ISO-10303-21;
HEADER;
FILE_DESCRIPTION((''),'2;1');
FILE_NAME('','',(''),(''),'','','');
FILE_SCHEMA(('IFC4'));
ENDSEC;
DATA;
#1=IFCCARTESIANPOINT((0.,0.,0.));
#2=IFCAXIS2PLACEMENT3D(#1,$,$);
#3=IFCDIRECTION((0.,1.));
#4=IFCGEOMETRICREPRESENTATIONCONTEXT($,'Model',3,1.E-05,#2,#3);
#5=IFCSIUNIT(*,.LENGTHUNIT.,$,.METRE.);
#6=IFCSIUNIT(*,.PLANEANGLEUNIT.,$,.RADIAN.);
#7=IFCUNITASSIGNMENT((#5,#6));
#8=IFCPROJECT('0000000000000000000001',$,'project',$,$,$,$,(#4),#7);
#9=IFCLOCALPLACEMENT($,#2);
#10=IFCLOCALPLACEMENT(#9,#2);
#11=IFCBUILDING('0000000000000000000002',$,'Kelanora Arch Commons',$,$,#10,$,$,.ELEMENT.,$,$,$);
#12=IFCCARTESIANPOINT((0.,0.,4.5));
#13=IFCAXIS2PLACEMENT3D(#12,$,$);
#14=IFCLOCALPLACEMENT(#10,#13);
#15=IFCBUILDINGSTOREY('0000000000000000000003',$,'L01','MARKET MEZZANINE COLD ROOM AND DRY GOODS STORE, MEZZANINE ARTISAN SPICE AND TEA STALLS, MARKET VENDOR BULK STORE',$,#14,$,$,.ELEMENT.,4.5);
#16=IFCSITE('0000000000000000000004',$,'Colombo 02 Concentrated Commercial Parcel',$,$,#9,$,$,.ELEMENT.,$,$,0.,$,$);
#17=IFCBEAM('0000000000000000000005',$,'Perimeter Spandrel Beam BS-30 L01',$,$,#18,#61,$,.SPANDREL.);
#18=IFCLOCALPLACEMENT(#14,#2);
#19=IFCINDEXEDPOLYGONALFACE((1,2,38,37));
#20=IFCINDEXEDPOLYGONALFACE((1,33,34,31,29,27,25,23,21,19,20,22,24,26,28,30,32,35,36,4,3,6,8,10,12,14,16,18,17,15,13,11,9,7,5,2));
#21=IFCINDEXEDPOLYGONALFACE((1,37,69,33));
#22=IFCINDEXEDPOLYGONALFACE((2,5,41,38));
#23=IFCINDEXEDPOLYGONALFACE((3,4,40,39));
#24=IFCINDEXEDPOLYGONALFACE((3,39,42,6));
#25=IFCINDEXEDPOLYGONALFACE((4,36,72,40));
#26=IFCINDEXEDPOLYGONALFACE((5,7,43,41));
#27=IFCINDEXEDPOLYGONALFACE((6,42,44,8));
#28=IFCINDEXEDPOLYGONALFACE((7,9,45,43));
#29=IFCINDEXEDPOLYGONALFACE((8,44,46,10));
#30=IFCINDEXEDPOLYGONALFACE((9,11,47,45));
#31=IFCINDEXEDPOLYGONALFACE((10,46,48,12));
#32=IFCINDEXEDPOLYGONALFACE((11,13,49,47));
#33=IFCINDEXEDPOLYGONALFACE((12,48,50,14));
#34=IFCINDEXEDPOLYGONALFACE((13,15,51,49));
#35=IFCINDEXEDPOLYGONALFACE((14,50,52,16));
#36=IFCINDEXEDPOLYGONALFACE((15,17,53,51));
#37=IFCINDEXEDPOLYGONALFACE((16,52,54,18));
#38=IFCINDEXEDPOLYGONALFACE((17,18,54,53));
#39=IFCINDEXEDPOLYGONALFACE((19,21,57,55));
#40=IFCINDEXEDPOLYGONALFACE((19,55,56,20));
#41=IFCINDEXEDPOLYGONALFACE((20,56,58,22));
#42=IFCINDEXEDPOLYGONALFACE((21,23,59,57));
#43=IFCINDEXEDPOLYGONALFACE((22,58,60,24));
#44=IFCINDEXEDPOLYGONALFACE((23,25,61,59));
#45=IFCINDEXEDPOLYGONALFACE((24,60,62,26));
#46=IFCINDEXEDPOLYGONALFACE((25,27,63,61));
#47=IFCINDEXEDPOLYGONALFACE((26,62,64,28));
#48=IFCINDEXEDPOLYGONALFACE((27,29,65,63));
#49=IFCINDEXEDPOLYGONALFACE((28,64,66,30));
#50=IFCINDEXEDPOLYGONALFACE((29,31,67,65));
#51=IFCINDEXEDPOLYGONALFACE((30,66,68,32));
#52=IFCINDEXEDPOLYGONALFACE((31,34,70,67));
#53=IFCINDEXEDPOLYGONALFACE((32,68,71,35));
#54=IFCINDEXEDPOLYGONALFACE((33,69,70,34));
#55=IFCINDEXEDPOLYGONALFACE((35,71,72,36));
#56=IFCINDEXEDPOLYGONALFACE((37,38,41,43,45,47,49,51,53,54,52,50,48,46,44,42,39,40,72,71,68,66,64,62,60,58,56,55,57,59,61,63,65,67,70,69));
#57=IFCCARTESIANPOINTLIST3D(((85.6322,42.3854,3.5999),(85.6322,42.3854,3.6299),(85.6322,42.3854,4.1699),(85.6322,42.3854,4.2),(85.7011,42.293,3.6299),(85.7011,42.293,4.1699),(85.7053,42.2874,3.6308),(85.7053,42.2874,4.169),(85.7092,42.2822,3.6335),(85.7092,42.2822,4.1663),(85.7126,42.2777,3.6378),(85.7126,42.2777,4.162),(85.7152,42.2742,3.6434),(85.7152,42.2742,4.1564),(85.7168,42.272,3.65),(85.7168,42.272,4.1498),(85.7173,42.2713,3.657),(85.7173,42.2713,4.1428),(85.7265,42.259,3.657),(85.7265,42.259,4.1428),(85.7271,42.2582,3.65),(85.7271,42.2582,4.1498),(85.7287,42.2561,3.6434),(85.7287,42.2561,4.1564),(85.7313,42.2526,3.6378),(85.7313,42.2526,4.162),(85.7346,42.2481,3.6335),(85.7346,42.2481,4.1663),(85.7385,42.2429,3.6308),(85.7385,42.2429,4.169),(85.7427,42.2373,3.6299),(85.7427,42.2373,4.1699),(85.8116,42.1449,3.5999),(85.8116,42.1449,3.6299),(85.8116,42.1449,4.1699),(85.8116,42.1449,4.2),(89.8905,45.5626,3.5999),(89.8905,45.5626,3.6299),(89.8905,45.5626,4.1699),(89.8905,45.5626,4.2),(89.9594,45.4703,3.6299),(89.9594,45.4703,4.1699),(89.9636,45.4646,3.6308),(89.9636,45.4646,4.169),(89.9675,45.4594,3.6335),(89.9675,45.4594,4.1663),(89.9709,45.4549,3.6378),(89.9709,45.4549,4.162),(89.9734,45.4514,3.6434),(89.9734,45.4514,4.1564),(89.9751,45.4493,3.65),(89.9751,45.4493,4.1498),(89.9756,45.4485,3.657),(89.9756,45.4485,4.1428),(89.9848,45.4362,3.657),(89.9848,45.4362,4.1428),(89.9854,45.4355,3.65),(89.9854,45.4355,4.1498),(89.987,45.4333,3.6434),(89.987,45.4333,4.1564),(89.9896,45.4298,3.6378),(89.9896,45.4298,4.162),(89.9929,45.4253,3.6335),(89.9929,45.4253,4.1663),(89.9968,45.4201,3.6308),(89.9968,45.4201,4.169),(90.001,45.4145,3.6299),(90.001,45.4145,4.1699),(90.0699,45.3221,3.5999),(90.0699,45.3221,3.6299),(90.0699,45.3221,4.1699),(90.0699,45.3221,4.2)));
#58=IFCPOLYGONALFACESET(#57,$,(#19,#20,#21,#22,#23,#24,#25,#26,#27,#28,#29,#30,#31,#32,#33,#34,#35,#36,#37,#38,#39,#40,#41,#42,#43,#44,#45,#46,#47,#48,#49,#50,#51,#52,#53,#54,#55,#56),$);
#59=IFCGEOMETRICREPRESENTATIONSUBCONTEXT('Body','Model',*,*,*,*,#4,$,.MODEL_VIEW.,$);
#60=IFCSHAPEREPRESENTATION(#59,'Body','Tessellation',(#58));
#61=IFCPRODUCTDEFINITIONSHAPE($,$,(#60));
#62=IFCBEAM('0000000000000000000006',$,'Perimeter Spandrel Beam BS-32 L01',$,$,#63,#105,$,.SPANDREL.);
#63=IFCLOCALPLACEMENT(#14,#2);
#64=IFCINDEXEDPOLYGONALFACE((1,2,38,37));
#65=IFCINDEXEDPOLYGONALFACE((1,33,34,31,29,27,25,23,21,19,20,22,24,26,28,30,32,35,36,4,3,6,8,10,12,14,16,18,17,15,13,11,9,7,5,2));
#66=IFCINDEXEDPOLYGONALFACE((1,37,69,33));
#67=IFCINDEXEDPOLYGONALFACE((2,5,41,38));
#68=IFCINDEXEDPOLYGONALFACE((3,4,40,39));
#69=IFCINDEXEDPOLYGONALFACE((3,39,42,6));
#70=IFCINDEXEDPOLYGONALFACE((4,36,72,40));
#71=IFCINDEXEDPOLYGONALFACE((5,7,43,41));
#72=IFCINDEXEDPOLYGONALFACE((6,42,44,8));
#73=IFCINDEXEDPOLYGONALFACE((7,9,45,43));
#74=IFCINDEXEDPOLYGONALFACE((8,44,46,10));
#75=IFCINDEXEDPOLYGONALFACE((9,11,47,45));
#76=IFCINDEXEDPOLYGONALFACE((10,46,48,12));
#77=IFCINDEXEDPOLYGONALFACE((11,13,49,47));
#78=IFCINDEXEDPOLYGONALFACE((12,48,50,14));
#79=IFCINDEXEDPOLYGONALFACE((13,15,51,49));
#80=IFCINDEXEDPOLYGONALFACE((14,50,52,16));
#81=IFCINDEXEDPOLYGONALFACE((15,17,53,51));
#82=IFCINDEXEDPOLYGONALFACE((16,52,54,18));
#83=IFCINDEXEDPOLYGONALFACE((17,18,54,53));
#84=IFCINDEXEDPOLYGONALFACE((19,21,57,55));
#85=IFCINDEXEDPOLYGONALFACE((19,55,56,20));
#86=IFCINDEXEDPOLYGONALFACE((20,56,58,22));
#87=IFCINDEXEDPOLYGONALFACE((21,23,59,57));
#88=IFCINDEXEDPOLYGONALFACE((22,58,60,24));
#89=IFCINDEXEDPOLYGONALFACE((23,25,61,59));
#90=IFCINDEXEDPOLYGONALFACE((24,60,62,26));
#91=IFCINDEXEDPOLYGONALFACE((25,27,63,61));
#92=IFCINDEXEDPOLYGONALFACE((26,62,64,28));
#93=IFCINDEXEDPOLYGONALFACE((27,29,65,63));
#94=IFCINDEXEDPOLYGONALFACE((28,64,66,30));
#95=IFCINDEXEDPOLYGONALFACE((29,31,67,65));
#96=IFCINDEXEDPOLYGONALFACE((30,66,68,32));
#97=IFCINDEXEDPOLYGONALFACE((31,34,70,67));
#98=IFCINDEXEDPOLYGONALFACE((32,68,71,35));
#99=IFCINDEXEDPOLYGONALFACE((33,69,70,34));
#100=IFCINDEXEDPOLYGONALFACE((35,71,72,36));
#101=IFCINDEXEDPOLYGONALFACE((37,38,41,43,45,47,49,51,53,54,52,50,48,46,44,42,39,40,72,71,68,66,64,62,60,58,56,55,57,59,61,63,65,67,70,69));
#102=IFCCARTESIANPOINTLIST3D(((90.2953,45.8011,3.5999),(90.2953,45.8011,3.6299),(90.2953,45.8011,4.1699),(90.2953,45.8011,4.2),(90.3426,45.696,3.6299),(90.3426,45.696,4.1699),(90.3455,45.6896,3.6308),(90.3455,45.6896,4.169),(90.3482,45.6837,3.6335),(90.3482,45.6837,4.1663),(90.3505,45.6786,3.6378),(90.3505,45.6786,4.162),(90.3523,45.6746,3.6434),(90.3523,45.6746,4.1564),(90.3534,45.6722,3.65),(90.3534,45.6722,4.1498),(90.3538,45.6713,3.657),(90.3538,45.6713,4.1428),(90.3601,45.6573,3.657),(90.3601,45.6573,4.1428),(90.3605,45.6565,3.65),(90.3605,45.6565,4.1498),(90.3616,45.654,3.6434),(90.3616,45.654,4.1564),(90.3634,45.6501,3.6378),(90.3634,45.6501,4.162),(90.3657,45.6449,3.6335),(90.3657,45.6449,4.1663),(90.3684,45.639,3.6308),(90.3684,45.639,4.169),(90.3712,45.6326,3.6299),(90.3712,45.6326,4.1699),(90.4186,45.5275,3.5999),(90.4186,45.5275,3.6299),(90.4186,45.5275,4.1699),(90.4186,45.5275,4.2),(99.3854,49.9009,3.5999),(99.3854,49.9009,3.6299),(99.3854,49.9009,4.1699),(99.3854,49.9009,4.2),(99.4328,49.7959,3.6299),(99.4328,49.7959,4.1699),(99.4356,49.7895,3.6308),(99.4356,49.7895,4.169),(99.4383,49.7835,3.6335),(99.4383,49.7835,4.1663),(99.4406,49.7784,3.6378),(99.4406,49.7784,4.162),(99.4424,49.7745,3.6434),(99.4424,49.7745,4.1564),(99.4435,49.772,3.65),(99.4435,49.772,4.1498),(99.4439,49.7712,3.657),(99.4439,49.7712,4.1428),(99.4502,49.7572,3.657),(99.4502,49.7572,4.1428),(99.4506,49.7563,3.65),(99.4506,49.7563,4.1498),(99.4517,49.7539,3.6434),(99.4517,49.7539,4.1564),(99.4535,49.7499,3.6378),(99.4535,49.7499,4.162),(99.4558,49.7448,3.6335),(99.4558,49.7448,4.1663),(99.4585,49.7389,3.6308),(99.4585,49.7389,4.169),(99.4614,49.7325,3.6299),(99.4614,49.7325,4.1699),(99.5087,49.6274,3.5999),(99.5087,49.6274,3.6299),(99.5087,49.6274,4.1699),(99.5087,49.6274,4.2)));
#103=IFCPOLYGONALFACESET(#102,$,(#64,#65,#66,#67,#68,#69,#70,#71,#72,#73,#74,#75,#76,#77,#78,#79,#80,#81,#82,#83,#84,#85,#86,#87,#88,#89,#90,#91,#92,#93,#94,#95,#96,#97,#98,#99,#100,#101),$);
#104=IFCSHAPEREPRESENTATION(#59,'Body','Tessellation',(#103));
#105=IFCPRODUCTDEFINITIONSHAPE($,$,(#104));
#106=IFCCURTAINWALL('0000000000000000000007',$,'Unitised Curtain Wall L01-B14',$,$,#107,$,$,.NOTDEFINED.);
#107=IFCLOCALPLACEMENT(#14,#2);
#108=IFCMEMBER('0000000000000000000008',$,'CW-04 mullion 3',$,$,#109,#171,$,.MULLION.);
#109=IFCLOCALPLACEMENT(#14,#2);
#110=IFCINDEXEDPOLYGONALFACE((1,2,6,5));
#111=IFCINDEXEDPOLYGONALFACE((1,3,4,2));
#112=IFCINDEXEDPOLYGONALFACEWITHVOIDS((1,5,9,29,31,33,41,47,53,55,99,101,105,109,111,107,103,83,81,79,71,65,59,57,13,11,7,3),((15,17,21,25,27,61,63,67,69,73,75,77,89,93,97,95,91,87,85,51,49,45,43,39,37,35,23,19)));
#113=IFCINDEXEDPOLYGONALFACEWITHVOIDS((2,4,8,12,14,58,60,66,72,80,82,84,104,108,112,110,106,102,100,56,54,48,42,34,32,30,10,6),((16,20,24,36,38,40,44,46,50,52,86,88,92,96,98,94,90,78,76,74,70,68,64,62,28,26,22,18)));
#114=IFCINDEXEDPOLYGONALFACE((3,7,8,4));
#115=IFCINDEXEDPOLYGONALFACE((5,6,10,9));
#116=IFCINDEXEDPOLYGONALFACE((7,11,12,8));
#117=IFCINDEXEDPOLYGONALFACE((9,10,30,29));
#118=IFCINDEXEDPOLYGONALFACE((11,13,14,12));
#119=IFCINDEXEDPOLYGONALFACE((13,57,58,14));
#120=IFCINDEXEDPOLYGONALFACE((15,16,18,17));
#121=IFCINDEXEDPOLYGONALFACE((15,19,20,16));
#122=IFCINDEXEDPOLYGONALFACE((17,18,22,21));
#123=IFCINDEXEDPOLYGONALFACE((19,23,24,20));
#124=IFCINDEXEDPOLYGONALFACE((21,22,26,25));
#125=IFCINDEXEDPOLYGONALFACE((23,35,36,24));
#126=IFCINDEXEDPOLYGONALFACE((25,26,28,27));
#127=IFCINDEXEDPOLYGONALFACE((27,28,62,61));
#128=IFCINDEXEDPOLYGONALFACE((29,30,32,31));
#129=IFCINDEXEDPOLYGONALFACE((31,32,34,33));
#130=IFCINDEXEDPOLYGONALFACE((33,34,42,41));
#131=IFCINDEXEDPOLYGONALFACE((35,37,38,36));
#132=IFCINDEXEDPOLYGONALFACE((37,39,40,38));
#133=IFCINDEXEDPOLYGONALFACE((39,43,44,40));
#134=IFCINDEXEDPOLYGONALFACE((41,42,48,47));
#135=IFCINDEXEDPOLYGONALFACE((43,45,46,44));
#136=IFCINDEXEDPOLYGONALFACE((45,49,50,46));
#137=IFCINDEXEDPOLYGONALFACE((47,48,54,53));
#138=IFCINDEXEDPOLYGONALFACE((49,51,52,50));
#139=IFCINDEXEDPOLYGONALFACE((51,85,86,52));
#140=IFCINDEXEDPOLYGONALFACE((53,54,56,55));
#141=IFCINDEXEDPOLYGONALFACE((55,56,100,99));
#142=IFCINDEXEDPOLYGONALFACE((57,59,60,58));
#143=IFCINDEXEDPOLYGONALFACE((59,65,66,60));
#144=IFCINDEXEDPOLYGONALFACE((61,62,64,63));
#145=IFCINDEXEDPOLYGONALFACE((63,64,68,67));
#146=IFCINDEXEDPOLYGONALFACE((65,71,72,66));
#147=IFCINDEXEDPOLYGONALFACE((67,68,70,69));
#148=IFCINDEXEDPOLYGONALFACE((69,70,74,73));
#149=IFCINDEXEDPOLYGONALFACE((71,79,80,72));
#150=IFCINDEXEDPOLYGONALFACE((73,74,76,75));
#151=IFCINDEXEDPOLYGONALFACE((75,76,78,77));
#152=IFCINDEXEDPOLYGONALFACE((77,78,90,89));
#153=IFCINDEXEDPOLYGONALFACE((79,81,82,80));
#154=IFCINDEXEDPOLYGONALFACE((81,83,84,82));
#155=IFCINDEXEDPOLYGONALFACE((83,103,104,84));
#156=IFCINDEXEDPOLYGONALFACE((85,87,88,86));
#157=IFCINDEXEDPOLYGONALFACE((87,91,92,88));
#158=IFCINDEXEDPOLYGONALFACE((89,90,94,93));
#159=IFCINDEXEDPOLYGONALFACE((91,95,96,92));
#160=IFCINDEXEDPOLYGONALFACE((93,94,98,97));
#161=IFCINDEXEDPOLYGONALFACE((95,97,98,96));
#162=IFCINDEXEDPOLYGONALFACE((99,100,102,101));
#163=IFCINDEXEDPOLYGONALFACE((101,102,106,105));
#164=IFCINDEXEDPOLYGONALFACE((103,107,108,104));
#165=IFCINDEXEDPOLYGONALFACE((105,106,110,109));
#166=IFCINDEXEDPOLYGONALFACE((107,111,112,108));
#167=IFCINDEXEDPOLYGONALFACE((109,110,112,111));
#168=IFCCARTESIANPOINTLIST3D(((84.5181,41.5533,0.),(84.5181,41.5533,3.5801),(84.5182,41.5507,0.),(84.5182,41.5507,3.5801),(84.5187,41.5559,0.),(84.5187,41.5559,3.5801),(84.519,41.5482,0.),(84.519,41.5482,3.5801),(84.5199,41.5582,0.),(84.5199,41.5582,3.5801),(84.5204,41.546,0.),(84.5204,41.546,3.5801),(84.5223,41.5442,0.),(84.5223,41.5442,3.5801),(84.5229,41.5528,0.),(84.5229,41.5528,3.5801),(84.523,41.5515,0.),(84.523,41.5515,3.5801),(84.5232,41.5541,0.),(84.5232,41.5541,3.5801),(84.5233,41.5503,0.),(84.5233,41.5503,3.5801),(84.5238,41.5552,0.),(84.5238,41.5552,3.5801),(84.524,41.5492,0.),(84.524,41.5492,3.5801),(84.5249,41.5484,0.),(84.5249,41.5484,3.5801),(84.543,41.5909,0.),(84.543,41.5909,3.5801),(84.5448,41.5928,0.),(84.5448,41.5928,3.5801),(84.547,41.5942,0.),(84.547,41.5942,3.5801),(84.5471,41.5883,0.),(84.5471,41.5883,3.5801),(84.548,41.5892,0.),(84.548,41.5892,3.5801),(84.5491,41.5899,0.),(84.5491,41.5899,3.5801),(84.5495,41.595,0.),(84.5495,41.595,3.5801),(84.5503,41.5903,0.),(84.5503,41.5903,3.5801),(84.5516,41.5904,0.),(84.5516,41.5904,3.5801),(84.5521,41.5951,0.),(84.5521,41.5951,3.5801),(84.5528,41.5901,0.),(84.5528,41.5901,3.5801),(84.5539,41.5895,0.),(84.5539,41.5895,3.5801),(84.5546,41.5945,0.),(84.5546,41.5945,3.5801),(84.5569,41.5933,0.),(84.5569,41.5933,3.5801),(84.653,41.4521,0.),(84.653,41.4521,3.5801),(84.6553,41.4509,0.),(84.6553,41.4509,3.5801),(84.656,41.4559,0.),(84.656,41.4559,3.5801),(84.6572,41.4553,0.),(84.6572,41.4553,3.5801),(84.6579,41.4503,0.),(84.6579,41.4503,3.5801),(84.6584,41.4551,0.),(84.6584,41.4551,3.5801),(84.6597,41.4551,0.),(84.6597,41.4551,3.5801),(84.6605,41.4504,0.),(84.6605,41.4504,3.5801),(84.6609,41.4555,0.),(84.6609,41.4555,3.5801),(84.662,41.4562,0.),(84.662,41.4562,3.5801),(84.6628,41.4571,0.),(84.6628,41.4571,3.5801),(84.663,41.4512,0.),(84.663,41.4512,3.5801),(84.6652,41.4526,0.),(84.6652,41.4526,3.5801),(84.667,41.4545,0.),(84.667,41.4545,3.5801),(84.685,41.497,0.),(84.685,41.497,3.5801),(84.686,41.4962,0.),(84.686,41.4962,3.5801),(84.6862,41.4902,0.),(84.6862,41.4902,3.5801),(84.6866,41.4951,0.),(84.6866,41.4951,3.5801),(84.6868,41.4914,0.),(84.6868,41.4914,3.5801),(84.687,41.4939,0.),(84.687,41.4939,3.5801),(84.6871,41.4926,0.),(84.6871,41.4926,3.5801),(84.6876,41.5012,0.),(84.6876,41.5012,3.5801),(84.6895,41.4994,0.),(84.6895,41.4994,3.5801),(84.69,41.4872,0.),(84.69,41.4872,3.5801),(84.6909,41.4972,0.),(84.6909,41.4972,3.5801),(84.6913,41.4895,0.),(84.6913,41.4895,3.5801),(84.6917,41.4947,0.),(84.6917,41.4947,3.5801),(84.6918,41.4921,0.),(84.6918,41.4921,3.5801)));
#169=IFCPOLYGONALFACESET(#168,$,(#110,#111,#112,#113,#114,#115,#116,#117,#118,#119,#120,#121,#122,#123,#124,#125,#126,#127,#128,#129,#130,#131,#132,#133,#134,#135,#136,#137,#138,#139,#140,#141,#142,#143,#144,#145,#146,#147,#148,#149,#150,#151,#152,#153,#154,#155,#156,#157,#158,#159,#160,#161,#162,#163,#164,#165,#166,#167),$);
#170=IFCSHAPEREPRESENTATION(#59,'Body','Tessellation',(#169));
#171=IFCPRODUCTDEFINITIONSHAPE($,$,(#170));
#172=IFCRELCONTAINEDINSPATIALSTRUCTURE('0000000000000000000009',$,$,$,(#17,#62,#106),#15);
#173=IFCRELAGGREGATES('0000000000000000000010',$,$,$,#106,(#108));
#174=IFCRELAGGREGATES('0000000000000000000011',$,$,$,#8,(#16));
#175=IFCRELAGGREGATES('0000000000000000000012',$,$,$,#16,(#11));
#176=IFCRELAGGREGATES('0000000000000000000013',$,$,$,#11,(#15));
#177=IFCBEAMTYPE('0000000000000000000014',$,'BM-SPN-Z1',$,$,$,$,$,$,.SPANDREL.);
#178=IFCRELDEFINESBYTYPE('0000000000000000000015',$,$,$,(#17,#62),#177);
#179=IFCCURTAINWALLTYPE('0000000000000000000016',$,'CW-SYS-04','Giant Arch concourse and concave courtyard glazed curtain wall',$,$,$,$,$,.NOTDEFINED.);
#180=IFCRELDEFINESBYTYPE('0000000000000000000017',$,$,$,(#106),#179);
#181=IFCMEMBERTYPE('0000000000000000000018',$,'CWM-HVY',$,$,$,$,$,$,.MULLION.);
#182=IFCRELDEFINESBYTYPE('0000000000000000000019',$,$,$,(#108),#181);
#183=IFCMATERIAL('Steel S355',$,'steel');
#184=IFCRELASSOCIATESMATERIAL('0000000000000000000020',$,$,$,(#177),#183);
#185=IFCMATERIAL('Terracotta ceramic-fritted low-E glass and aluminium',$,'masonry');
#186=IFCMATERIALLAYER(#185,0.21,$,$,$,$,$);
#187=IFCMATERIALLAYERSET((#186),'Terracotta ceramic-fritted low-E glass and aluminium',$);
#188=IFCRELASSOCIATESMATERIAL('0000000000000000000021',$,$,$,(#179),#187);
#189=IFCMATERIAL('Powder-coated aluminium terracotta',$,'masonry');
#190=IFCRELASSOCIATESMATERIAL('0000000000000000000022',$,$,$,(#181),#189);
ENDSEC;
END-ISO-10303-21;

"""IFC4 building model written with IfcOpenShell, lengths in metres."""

from ifc_helpers import new_model, si_unit, direction, frame, origin, origin_2d, place, context, subcontext, project, spatial, hollow_rectangle, i_section, extrude, material, layer, layer_set, material_profile, profile_set, type_object, element, aggregate, save


model = new_model("IFC4")

# Units and contexts
model_context = context("Model", 3, precision=1e-05, world=origin(), true_north=direction((0.0, 1.0)))
body_context = subcontext(model_context, "Body", "Model", "MODEL_VIEW")
ifc_project = project(units=[si_unit("LENGTHUNIT", "METRE"), si_unit("PLANEANGLEUNIT", "RADIAN")], contexts=[model_context])

# Site, building, storey
site_placement = place(None, origin())
site = spatial("IfcSite", under=ifc_project, at=site_placement, Name="Colombo 02 Concentrated Commercial Parcel", CompositionType="ELEMENT", RefElevation=0.0)
building_placement = place(site_placement, origin())
building = spatial("IfcBuilding", under=site, at=building_placement, Name="Kelanora Arch Commons", CompositionType="ELEMENT")
storey_placement = place(building_placement, frame((0.0, 0.0, 4.5)))
storey = spatial("IfcBuildingStorey", under=building, at=storey_placement, Name="L01", Description="MARKET MEZZANINE COLD ROOM AND DRY GOODS STORE, MEZZANINE ARTISAN SPICE AND TEA STALLS, MARKET VENDOR BULK STORE", CompositionType="ELEMENT", Elevation=4.5)

# Shared definitions
ifc_material_1 = material(Name="Steel S355", Category="steel")

# Beams
ifc_material_profile_1 = material_profile(ifc_material_1, i_section(OverallWidth=0.3, OverallDepth=0.6001, WebThickness=0.0154, FlangeThickness=0.03, FilletRadius=0.0271, at=origin_2d()), Name="HEB600")
ifc_profile_set_1 = profile_set([ifc_material_profile_1], Name="Steel S355")
beam_type_1 = type_object("IfcBeamType", Name="BM-SPN-Z1", PredefinedType="SPANDREL", material=ifc_profile_set_1)
beam_1_placement = place(storey_placement, frame((85.7219, 42.2651, 3.8999), z_axis=(0.801486, 0.598013, 0.0), x_axis=(-0.598013, 0.801486, 0.0)))
element("IfcBeam", 1, at=beam_1_placement, inside=storey, type_object=beam_type_1, Name="Perimeter Spandrel Beam BS-30 L01", PredefinedType="SPANDREL", context=body_context, shape_type="SweptSolid", body=[
    extrude(i_section(OverallWidth=0.3, OverallDepth=0.6001, WebThickness=0.0154, FlangeThickness=0.03, FilletRadius=0.0271, at=origin_2d()), origin(), (0.0, 0.0, 1.0), 5.313),
])
beam_2_placement = place(storey_placement, frame((90.3569, 45.6643, 3.8999), z_axis=(0.911572, 0.411141, 0.0), x_axis=(-0.411141, 0.911572, 0.0)))
element("IfcBeam", 2, at=beam_2_placement, inside=storey, type_object=beam_type_1, Name="Perimeter Spandrel Beam BS-32 L01", PredefinedType="SPANDREL", context=body_context, shape_type="SweptSolid", body=[
    extrude(i_section(OverallWidth=0.3, OverallDepth=0.6001, WebThickness=0.0154, FlangeThickness=0.03, FilletRadius=0.0271, at=origin_2d()), origin(), (0.0, 0.0, 1.0), 9.9719),
])

# Curtain wall, member
ifc_material_2 = material(Name="Terracotta ceramic-fritted low-E glass and aluminium", Category="masonry")
ifc_layer_1 = layer(ifc_material_2, 0.21)
ifc_layer_set_1 = layer_set([ifc_layer_1], Name="Terracotta ceramic-fritted low-E glass and aluminium")
curtain_wall_type = type_object("IfcCurtainWallType", Name="CW-SYS-04", Description="Giant Arch concourse and concave courtyard glazed curtain wall", PredefinedType="NOTDEFINED", material=ifc_layer_set_1)
curtain_wall_1_placement = place(storey_placement, origin())
curtain_wall_1 = element("IfcCurtainWall", 3, at=curtain_wall_1_placement, inside=storey, type_object=curtain_wall_type, Name="Unitised Curtain Wall L01-B14", PredefinedType="NOTDEFINED")
ifc_material_3 = material(Name="Powder-coated aluminium terracotta", Category="masonry")
ifc_material_profile_2 = material_profile(ifc_material_3, hollow_rectangle(XDim=0.1799, YDim=0.0601, WallThickness=0.0049, InnerFilletRadius=0.0049, OuterFilletRadius=0.01, at=origin_2d()), Name="CWM180x60")
ifc_profile_set_2 = profile_set([ifc_material_profile_2], Name="Powder-coated aluminium terracotta")
member_type_1 = type_object("IfcMemberType", Name="CWM-HVY", PredefinedType="MULLION", material=ifc_profile_set_2)
member_1_placement = place(storey_placement, frame((84.605, 41.5227, 0.0), z_axis=(0.0, 0.0, 1.0), x_axis=(-0.817206, 0.576345, 0.0)))
member_1 = element("IfcMember", 4, at=member_1_placement, type_object=member_type_1, Name="CW-04 mullion 3", PredefinedType="MULLION", context=body_context, shape_type="SweptSolid", body=[
    extrude(hollow_rectangle(XDim=0.1799, YDim=0.0601, WallThickness=0.0049, InnerFilletRadius=0.0049, OuterFilletRadius=0.01, at=origin_2d()), origin(), (0.0, 0.0, 1.0), 3.5801),
])

aggregate(curtain_wall_1, [member_1])

save(model, "model.ifc")
